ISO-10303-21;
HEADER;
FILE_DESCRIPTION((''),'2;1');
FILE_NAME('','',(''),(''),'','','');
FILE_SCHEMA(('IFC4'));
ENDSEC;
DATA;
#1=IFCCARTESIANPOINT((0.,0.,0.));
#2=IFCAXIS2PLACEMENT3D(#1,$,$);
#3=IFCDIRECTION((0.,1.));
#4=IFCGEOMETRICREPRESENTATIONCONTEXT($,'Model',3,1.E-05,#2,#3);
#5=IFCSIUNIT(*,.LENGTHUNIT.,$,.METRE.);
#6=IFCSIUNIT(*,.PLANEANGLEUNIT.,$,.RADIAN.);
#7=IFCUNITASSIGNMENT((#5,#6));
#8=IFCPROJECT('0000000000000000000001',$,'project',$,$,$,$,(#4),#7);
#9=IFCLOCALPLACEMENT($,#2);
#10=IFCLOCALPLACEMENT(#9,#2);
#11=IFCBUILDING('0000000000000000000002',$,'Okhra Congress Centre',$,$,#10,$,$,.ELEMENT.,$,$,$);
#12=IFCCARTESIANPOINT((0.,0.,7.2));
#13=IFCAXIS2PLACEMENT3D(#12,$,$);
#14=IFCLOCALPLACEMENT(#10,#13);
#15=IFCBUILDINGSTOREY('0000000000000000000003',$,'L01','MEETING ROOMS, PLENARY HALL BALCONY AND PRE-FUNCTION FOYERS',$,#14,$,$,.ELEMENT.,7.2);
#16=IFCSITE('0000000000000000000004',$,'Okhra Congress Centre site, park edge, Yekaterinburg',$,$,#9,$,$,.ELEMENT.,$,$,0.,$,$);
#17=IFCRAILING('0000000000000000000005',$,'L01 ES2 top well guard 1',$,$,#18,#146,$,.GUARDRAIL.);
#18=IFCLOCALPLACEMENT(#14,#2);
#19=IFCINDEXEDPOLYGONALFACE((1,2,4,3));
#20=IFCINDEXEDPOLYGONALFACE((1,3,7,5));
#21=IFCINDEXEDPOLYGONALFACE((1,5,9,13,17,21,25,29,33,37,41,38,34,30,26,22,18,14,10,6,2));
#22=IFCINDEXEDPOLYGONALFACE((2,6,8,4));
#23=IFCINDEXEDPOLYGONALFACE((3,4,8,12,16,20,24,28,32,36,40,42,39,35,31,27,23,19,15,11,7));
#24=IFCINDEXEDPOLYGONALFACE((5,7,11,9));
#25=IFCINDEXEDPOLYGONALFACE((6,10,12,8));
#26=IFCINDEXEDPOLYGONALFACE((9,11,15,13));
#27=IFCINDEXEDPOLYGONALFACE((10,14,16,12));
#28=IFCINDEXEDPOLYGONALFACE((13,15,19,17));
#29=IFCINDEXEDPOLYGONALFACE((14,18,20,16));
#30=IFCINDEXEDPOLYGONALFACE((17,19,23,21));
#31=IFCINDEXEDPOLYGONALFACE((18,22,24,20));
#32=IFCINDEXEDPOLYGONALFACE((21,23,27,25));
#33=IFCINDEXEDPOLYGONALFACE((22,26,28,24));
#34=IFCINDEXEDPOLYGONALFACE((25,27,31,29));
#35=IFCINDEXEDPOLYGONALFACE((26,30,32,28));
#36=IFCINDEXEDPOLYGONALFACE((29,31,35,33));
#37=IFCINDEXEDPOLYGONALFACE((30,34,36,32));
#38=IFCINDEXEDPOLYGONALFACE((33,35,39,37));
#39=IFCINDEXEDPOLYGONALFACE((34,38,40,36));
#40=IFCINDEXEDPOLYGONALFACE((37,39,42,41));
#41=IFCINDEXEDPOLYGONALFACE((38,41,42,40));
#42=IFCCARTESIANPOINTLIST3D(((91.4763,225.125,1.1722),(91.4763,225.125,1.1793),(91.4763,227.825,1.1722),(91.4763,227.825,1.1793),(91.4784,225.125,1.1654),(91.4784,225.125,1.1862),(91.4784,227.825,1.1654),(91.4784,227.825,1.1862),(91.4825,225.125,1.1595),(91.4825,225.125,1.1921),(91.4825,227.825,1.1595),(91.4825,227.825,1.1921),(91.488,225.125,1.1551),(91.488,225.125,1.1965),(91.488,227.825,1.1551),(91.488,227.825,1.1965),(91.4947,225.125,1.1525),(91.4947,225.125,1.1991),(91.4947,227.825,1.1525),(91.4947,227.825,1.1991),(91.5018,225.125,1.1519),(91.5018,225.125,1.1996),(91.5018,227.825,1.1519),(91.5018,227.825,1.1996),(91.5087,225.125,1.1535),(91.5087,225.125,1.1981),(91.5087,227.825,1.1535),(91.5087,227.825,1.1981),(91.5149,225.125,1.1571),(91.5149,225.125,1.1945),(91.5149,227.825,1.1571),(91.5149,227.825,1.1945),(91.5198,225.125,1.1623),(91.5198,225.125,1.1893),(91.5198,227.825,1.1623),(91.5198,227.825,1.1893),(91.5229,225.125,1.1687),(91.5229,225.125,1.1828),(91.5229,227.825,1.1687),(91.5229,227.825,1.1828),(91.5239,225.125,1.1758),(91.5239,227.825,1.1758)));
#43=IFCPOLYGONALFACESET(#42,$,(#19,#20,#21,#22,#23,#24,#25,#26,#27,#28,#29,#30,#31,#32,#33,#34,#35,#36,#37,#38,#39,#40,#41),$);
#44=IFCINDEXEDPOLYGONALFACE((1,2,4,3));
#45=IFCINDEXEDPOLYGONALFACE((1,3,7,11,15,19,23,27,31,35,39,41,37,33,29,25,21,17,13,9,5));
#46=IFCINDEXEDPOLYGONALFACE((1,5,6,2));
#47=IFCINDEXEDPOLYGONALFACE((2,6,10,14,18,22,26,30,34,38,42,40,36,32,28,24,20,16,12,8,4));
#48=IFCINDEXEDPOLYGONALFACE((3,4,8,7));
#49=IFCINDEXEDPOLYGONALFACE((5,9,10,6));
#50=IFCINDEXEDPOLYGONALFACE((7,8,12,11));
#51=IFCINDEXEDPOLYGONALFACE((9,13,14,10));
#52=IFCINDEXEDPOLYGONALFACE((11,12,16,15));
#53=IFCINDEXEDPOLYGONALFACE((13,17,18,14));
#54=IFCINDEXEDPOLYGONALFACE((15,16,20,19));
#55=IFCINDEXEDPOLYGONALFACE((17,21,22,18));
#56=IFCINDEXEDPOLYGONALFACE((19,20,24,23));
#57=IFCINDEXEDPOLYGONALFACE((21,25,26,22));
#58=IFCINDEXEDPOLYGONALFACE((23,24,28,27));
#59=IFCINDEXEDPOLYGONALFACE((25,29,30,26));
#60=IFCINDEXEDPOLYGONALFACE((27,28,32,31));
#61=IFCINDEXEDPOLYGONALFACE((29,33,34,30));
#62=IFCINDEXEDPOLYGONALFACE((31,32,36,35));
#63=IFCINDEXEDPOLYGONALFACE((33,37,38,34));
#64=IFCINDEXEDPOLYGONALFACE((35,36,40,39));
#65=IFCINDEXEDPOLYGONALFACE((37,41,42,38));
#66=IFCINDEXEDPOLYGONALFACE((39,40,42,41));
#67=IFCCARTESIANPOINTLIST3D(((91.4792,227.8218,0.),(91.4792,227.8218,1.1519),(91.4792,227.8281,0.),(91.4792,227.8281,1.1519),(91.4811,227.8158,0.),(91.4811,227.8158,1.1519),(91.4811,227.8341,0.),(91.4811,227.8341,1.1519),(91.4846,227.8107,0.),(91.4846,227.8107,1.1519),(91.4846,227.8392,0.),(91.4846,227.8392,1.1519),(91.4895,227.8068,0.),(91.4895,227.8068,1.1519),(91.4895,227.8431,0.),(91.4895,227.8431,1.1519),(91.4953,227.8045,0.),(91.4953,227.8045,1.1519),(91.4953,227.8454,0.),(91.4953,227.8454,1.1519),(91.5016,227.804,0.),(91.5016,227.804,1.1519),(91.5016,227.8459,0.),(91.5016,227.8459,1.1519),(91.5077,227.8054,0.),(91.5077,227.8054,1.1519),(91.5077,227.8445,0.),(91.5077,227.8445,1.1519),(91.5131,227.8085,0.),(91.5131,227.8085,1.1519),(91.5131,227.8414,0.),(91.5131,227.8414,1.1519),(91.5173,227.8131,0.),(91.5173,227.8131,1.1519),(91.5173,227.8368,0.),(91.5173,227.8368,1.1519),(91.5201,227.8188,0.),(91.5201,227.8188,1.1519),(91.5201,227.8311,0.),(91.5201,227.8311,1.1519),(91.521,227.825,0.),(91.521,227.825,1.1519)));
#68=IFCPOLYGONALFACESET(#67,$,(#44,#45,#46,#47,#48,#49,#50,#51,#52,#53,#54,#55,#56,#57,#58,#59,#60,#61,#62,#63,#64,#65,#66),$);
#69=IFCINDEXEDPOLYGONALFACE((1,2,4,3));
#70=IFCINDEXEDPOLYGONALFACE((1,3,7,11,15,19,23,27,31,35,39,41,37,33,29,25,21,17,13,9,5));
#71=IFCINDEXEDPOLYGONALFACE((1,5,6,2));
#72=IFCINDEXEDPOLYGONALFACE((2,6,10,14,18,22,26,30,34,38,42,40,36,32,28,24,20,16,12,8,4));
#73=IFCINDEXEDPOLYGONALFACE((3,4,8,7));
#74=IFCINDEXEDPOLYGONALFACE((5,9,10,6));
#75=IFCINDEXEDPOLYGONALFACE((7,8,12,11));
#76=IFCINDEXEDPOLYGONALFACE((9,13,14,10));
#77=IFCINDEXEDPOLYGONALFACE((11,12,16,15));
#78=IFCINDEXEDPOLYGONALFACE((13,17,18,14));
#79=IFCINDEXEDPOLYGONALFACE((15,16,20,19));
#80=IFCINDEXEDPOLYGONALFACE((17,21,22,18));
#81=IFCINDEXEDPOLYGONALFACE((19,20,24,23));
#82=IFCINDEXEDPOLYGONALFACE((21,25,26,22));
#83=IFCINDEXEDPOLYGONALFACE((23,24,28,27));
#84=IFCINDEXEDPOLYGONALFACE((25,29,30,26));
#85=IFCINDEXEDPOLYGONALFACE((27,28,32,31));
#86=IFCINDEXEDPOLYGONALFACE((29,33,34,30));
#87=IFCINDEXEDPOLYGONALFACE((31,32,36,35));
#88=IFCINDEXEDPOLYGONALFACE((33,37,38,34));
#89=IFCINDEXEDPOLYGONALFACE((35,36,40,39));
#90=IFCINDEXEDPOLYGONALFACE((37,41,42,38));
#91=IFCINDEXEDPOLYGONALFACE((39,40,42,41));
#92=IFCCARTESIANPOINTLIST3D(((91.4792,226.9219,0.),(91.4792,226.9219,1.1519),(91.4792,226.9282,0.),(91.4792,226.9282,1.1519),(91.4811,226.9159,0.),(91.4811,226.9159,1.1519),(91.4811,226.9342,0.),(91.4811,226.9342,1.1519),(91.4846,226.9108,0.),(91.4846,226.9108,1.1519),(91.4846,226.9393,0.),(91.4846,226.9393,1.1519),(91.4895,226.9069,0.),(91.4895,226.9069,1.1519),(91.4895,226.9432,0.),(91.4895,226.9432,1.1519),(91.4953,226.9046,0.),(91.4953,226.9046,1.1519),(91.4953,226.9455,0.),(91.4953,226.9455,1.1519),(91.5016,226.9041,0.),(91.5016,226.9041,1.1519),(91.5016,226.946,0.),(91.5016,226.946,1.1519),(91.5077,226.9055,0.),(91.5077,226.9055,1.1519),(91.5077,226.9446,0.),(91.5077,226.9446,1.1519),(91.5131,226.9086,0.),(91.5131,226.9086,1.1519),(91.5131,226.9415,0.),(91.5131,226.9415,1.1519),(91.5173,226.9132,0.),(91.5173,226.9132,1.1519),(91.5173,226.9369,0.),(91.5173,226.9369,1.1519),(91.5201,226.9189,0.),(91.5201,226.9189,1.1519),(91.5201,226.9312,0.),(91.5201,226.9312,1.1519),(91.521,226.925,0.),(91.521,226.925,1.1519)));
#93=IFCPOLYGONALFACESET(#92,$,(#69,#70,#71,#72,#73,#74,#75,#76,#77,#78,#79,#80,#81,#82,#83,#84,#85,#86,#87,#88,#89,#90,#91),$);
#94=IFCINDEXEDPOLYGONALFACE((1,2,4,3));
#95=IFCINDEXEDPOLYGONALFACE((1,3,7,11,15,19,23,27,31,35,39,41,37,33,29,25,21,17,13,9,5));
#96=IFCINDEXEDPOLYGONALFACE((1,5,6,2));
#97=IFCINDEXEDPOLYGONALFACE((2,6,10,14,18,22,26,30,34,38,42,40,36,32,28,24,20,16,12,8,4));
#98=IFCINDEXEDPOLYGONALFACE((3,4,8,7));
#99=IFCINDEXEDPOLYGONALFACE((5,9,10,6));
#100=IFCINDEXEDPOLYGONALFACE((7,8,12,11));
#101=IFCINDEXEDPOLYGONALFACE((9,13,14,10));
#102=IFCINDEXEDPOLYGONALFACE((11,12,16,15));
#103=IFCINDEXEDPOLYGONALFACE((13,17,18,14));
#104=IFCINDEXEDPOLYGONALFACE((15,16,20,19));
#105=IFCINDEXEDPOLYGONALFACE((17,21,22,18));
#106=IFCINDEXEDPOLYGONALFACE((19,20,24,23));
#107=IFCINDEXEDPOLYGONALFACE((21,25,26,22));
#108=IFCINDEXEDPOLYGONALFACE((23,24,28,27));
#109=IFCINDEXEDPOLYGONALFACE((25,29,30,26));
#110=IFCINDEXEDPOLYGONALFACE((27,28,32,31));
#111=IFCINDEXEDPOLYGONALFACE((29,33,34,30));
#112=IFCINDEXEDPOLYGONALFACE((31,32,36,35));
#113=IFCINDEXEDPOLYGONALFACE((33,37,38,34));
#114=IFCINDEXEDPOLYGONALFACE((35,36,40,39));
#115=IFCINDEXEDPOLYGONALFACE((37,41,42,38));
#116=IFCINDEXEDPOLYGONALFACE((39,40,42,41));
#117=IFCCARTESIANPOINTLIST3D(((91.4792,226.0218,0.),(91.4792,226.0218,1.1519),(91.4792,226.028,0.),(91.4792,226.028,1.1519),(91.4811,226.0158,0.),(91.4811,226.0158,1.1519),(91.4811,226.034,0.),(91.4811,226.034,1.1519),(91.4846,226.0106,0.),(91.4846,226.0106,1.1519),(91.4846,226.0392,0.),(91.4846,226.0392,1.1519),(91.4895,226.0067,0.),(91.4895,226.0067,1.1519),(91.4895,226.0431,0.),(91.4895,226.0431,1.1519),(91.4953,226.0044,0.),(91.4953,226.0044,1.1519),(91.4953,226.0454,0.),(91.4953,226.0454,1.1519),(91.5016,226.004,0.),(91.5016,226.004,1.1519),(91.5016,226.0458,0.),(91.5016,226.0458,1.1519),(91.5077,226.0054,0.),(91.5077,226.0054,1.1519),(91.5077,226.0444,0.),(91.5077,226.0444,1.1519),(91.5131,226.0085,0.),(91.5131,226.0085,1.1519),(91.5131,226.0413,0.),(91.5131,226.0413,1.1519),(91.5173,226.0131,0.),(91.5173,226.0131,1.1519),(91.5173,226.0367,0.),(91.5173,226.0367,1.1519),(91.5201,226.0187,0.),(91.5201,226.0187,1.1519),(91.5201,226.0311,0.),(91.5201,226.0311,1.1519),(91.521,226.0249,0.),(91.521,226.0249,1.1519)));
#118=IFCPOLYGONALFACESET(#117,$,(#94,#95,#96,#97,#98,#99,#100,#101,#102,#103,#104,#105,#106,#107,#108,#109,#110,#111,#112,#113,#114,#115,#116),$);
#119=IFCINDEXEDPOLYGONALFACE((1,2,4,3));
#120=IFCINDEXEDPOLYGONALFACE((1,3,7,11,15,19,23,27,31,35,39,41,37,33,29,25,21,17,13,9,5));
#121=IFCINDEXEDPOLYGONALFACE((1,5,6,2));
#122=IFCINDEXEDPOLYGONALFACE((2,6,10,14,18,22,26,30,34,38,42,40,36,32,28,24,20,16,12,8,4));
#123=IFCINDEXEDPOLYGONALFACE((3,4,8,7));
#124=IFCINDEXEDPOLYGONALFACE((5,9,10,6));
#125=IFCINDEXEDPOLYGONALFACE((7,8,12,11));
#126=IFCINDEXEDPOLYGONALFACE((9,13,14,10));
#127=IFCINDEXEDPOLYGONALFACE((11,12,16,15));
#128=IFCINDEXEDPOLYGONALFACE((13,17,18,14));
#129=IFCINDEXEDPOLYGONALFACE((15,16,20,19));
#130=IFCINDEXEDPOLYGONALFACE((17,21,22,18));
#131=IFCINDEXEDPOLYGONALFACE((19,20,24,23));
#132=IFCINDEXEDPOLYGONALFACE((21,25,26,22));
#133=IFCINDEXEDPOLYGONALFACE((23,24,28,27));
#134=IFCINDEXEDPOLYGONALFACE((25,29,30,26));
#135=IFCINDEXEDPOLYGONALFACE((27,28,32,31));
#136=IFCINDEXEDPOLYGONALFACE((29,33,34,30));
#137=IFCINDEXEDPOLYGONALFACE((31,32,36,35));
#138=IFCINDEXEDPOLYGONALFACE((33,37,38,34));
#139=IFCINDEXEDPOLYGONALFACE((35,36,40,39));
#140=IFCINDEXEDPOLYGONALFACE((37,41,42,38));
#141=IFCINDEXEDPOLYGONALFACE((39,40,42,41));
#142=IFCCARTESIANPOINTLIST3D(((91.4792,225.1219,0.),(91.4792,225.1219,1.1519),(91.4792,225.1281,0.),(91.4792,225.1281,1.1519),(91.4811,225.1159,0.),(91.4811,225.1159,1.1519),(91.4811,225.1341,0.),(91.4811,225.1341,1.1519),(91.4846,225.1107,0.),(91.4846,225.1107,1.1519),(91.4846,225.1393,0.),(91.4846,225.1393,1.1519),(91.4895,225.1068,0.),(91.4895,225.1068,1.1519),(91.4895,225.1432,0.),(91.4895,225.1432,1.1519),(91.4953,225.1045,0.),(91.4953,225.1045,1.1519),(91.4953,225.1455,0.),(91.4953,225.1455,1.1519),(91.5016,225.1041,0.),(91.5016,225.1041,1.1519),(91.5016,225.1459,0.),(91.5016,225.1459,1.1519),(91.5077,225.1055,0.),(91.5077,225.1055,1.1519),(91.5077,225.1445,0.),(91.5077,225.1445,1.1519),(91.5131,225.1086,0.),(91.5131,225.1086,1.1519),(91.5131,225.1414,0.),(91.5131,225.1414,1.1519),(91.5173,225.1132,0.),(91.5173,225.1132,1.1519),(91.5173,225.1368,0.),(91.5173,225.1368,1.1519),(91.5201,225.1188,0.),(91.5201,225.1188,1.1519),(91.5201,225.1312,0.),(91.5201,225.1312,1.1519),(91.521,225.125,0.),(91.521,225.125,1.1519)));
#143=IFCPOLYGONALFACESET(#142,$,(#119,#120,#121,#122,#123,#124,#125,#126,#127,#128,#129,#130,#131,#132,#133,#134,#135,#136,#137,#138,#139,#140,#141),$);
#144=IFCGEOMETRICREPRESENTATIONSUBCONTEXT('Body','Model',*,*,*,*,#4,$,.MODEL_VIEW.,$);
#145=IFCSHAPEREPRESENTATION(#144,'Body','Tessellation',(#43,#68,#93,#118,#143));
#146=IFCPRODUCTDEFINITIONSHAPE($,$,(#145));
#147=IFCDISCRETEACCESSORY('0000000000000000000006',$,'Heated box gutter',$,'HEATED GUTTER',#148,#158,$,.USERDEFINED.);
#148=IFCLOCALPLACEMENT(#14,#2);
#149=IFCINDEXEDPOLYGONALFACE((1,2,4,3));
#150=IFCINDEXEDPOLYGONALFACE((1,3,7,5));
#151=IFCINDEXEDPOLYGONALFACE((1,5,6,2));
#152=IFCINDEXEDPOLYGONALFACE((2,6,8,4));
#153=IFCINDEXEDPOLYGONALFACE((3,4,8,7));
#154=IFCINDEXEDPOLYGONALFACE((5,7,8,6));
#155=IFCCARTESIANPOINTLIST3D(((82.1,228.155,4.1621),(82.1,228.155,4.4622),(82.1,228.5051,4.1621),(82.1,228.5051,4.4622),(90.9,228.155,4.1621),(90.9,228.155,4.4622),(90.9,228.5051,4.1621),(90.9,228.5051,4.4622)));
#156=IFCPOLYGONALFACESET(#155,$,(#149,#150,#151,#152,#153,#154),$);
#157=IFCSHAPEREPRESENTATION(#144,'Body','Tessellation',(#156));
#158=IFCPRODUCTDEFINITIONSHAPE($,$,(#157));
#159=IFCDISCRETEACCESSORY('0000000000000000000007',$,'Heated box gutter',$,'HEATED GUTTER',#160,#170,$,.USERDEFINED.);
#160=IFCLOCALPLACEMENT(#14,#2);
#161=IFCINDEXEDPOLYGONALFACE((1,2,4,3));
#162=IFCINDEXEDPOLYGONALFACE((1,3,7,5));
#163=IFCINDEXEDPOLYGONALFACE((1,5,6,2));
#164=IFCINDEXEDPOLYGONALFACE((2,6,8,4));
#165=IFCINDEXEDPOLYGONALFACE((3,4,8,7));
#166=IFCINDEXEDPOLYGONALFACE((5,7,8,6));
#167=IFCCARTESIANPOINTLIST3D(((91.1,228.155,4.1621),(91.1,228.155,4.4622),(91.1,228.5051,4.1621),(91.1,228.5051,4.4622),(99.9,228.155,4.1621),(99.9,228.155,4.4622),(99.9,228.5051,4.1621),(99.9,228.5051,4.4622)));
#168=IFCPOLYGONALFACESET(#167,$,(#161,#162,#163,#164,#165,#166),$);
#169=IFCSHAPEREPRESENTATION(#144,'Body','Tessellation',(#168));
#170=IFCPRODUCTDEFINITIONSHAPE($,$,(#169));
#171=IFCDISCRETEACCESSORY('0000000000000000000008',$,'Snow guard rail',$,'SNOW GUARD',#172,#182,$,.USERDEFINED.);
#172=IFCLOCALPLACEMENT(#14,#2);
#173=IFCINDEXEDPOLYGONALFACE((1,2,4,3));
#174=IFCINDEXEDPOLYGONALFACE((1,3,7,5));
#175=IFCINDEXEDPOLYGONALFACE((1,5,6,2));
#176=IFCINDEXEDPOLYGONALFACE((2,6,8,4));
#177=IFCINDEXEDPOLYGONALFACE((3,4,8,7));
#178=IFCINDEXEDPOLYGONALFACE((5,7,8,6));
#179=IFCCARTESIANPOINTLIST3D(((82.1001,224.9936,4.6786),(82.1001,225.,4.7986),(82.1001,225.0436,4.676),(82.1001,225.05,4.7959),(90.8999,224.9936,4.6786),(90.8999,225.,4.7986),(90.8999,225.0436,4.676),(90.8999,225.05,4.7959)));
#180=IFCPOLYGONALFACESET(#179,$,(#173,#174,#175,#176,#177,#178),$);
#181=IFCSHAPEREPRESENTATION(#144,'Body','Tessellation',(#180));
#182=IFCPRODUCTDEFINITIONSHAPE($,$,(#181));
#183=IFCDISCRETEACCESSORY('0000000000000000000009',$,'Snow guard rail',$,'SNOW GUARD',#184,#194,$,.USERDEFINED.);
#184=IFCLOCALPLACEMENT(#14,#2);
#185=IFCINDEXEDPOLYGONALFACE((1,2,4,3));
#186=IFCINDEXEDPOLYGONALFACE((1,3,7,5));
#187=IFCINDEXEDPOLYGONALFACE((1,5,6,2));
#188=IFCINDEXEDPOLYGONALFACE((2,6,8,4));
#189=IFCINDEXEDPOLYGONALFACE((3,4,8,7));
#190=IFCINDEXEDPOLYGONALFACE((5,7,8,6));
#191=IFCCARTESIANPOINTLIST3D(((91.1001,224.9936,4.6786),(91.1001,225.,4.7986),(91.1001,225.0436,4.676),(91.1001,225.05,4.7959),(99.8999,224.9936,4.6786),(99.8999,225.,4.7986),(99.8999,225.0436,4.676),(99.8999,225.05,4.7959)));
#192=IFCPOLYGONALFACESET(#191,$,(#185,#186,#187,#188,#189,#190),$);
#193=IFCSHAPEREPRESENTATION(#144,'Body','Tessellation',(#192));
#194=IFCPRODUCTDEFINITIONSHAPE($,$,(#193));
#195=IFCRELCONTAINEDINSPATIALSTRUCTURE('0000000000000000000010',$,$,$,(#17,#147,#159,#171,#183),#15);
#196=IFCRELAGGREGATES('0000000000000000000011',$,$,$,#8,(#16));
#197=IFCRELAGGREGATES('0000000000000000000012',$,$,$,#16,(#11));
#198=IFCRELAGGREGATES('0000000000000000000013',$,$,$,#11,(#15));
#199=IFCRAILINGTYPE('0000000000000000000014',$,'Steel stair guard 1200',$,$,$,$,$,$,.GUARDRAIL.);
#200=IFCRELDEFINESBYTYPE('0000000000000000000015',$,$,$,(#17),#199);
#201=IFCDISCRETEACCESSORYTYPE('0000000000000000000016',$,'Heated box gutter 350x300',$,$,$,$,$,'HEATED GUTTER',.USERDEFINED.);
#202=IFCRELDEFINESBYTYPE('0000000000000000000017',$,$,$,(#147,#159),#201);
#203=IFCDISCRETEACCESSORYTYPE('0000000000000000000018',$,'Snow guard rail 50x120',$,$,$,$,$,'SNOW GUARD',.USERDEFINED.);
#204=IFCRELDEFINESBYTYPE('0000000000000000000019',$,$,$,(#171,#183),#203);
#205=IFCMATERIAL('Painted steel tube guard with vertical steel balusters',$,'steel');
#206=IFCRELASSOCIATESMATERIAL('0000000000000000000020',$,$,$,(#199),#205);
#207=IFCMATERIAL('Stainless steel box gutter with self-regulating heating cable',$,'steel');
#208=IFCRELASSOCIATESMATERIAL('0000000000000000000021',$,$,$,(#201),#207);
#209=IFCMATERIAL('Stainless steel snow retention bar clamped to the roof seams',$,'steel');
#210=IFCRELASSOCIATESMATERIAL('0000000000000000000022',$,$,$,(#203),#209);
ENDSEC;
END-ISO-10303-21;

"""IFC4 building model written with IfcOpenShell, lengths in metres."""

from ifc_helpers import new_model, si_unit, direction, frame, origin, origin_2d, place, context, subcontext, project, spatial, polyline, rectangle, circle, outline, extrude, material, type_object, element, save


model = new_model("IFC4")

# Units and contexts
model_context = context("Model", 3, precision=1e-05, world=origin(), true_north=direction((0.0, 1.0)))
body_context = subcontext(model_context, "Body", "Model", "MODEL_VIEW")
ifc_project = project(units=[si_unit("LENGTHUNIT", "METRE"), si_unit("PLANEANGLEUNIT", "RADIAN")], contexts=[model_context])

# Site, building, storey
site_placement = place(None, origin())
site = spatial("IfcSite", under=ifc_project, at=site_placement, Name="Okhra Congress Centre site, park edge, Yekaterinburg", CompositionType="ELEMENT", RefElevation=0.0)
building_placement = place(site_placement, origin())
building = spatial("IfcBuilding", under=site, at=building_placement, Name="Okhra Congress Centre", CompositionType="ELEMENT")
storey_placement = place(building_placement, frame((0.0, 0.0, 7.2)))
storey = spatial("IfcBuildingStorey", under=building, at=storey_placement, Name="L01", Description="MEETING ROOMS, PLENARY HALL BALCONY AND PRE-FUNCTION FOYERS", CompositionType="ELEMENT", Elevation=7.2)

# Railing
ifc_material_1 = material(Name="Painted steel tube guard with vertical steel balusters", Category="steel")
railing_type = type_object("IfcRailingType", Name="Steel stair guard 1200", PredefinedType="GUARDRAIL", material=ifc_material_1)
railing_placement = place(storey_placement, frame((91.5, 227.825, 0.0)))
element("IfcRailing", 1, at=railing_placement, inside=storey, type_object=railing_type, Name="L01 ES2 top well guard 1", PredefinedType="GUARDRAIL", context=body_context, shape_type="SweptSolid", body=[
    extrude(circle(Radius=0.0239, at=origin_2d()), frame((0.0, 0.0, 1.1758), z_axis=(0.0, -1.0, 0.0), x_axis=(1.0, 0.0, 0.0)), (0.0, 0.0, 1.0), 2.7),
    extrude(circle(Radius=0.021, at=origin_2d()), origin(), (0.0, 0.0, 1.0), 1.1519),
    extrude(circle(Radius=0.021, at=origin_2d()), frame((0.0, -0.8999, 0.0)), (0.0, 0.0, 1.0), 1.1519),
    extrude(circle(Radius=0.021, at=origin_2d()), frame((0.0, -1.8, 0.0)), (0.0, 0.0, 1.0), 1.1519),
    extrude(circle(Radius=0.021, at=origin_2d()), frame((0.0, -2.7, 0.0)), (0.0, 0.0, 1.0), 1.1519),
])

# Discrete accessories
ifc_material_2 = material(Name="Stainless steel box gutter with self-regulating heating cable", Category="steel")
discrete_accessory_type_1 = type_object("IfcDiscreteAccessoryType", Name="Heated box gutter 350x300", ElementType="HEATED GUTTER", PredefinedType="USERDEFINED", material=ifc_material_2)
for number, where, z_axis, x_axis, name in (
    (2, (86.5, 228.3301, 4.1621), (0.0, 0.0, 1.0), (1.0, 0.0, 0.0), "Heated box gutter"),
    (3, (95.5, 228.3301, 4.1621), (0.0, 0.0, 1.0), (1.0, 0.0, 0.0), "Heated box gutter"),
):
    element("IfcDiscreteAccessory", number, at=place(storey_placement, frame(where, z_axis=z_axis, x_axis=x_axis)), inside=storey, type_object=discrete_accessory_type_1, Name=name, ObjectType="HEATED GUTTER", PredefinedType="USERDEFINED", context=body_context, shape_type="SweptSolid", body=[
        extrude(rectangle(XDim=8.8, YDim=0.3501, at=origin_2d()), origin(), (0.0, 0.0, 1.0), 0.3),
    ])
ifc_material_3 = material(Name="Stainless steel snow retention bar clamped to the roof seams", Category="steel")
discrete_accessory_type_2 = type_object("IfcDiscreteAccessoryType", Name="Snow guard rail 50x120", ElementType="SNOW GUARD", PredefinedType="USERDEFINED", material=ifc_material_3)
for number, where, z_axis, x_axis, name in (
    (4, (82.1001, 225.0, 4.7986), (0.0, 0.053581, 0.998563), (1.0, 0.0, 0.0), "Snow guard rail"),
    (5, (91.1001, 225.0, 4.7986), (0.0, 0.053581, 0.998563), (1.0, 0.0, 0.0), "Snow guard rail"),
):
    element("IfcDiscreteAccessory", number, at=place(storey_placement, frame(where, z_axis=z_axis, x_axis=x_axis)), inside=storey, type_object=discrete_accessory_type_2, Name=name, ObjectType="SNOW GUARD", PredefinedType="USERDEFINED", context=body_context, shape_type="SweptSolid", body=[
        extrude(outline(polyline([(0.0, 0.0), (8.7998, 0.0), (8.7998, 0.0501), (0.0, 0.0501), (0.0, 0.0)])), origin(), (0.0, 0.0, -1.0), 0.1201),
    ])

save(model, "model.ifc")
